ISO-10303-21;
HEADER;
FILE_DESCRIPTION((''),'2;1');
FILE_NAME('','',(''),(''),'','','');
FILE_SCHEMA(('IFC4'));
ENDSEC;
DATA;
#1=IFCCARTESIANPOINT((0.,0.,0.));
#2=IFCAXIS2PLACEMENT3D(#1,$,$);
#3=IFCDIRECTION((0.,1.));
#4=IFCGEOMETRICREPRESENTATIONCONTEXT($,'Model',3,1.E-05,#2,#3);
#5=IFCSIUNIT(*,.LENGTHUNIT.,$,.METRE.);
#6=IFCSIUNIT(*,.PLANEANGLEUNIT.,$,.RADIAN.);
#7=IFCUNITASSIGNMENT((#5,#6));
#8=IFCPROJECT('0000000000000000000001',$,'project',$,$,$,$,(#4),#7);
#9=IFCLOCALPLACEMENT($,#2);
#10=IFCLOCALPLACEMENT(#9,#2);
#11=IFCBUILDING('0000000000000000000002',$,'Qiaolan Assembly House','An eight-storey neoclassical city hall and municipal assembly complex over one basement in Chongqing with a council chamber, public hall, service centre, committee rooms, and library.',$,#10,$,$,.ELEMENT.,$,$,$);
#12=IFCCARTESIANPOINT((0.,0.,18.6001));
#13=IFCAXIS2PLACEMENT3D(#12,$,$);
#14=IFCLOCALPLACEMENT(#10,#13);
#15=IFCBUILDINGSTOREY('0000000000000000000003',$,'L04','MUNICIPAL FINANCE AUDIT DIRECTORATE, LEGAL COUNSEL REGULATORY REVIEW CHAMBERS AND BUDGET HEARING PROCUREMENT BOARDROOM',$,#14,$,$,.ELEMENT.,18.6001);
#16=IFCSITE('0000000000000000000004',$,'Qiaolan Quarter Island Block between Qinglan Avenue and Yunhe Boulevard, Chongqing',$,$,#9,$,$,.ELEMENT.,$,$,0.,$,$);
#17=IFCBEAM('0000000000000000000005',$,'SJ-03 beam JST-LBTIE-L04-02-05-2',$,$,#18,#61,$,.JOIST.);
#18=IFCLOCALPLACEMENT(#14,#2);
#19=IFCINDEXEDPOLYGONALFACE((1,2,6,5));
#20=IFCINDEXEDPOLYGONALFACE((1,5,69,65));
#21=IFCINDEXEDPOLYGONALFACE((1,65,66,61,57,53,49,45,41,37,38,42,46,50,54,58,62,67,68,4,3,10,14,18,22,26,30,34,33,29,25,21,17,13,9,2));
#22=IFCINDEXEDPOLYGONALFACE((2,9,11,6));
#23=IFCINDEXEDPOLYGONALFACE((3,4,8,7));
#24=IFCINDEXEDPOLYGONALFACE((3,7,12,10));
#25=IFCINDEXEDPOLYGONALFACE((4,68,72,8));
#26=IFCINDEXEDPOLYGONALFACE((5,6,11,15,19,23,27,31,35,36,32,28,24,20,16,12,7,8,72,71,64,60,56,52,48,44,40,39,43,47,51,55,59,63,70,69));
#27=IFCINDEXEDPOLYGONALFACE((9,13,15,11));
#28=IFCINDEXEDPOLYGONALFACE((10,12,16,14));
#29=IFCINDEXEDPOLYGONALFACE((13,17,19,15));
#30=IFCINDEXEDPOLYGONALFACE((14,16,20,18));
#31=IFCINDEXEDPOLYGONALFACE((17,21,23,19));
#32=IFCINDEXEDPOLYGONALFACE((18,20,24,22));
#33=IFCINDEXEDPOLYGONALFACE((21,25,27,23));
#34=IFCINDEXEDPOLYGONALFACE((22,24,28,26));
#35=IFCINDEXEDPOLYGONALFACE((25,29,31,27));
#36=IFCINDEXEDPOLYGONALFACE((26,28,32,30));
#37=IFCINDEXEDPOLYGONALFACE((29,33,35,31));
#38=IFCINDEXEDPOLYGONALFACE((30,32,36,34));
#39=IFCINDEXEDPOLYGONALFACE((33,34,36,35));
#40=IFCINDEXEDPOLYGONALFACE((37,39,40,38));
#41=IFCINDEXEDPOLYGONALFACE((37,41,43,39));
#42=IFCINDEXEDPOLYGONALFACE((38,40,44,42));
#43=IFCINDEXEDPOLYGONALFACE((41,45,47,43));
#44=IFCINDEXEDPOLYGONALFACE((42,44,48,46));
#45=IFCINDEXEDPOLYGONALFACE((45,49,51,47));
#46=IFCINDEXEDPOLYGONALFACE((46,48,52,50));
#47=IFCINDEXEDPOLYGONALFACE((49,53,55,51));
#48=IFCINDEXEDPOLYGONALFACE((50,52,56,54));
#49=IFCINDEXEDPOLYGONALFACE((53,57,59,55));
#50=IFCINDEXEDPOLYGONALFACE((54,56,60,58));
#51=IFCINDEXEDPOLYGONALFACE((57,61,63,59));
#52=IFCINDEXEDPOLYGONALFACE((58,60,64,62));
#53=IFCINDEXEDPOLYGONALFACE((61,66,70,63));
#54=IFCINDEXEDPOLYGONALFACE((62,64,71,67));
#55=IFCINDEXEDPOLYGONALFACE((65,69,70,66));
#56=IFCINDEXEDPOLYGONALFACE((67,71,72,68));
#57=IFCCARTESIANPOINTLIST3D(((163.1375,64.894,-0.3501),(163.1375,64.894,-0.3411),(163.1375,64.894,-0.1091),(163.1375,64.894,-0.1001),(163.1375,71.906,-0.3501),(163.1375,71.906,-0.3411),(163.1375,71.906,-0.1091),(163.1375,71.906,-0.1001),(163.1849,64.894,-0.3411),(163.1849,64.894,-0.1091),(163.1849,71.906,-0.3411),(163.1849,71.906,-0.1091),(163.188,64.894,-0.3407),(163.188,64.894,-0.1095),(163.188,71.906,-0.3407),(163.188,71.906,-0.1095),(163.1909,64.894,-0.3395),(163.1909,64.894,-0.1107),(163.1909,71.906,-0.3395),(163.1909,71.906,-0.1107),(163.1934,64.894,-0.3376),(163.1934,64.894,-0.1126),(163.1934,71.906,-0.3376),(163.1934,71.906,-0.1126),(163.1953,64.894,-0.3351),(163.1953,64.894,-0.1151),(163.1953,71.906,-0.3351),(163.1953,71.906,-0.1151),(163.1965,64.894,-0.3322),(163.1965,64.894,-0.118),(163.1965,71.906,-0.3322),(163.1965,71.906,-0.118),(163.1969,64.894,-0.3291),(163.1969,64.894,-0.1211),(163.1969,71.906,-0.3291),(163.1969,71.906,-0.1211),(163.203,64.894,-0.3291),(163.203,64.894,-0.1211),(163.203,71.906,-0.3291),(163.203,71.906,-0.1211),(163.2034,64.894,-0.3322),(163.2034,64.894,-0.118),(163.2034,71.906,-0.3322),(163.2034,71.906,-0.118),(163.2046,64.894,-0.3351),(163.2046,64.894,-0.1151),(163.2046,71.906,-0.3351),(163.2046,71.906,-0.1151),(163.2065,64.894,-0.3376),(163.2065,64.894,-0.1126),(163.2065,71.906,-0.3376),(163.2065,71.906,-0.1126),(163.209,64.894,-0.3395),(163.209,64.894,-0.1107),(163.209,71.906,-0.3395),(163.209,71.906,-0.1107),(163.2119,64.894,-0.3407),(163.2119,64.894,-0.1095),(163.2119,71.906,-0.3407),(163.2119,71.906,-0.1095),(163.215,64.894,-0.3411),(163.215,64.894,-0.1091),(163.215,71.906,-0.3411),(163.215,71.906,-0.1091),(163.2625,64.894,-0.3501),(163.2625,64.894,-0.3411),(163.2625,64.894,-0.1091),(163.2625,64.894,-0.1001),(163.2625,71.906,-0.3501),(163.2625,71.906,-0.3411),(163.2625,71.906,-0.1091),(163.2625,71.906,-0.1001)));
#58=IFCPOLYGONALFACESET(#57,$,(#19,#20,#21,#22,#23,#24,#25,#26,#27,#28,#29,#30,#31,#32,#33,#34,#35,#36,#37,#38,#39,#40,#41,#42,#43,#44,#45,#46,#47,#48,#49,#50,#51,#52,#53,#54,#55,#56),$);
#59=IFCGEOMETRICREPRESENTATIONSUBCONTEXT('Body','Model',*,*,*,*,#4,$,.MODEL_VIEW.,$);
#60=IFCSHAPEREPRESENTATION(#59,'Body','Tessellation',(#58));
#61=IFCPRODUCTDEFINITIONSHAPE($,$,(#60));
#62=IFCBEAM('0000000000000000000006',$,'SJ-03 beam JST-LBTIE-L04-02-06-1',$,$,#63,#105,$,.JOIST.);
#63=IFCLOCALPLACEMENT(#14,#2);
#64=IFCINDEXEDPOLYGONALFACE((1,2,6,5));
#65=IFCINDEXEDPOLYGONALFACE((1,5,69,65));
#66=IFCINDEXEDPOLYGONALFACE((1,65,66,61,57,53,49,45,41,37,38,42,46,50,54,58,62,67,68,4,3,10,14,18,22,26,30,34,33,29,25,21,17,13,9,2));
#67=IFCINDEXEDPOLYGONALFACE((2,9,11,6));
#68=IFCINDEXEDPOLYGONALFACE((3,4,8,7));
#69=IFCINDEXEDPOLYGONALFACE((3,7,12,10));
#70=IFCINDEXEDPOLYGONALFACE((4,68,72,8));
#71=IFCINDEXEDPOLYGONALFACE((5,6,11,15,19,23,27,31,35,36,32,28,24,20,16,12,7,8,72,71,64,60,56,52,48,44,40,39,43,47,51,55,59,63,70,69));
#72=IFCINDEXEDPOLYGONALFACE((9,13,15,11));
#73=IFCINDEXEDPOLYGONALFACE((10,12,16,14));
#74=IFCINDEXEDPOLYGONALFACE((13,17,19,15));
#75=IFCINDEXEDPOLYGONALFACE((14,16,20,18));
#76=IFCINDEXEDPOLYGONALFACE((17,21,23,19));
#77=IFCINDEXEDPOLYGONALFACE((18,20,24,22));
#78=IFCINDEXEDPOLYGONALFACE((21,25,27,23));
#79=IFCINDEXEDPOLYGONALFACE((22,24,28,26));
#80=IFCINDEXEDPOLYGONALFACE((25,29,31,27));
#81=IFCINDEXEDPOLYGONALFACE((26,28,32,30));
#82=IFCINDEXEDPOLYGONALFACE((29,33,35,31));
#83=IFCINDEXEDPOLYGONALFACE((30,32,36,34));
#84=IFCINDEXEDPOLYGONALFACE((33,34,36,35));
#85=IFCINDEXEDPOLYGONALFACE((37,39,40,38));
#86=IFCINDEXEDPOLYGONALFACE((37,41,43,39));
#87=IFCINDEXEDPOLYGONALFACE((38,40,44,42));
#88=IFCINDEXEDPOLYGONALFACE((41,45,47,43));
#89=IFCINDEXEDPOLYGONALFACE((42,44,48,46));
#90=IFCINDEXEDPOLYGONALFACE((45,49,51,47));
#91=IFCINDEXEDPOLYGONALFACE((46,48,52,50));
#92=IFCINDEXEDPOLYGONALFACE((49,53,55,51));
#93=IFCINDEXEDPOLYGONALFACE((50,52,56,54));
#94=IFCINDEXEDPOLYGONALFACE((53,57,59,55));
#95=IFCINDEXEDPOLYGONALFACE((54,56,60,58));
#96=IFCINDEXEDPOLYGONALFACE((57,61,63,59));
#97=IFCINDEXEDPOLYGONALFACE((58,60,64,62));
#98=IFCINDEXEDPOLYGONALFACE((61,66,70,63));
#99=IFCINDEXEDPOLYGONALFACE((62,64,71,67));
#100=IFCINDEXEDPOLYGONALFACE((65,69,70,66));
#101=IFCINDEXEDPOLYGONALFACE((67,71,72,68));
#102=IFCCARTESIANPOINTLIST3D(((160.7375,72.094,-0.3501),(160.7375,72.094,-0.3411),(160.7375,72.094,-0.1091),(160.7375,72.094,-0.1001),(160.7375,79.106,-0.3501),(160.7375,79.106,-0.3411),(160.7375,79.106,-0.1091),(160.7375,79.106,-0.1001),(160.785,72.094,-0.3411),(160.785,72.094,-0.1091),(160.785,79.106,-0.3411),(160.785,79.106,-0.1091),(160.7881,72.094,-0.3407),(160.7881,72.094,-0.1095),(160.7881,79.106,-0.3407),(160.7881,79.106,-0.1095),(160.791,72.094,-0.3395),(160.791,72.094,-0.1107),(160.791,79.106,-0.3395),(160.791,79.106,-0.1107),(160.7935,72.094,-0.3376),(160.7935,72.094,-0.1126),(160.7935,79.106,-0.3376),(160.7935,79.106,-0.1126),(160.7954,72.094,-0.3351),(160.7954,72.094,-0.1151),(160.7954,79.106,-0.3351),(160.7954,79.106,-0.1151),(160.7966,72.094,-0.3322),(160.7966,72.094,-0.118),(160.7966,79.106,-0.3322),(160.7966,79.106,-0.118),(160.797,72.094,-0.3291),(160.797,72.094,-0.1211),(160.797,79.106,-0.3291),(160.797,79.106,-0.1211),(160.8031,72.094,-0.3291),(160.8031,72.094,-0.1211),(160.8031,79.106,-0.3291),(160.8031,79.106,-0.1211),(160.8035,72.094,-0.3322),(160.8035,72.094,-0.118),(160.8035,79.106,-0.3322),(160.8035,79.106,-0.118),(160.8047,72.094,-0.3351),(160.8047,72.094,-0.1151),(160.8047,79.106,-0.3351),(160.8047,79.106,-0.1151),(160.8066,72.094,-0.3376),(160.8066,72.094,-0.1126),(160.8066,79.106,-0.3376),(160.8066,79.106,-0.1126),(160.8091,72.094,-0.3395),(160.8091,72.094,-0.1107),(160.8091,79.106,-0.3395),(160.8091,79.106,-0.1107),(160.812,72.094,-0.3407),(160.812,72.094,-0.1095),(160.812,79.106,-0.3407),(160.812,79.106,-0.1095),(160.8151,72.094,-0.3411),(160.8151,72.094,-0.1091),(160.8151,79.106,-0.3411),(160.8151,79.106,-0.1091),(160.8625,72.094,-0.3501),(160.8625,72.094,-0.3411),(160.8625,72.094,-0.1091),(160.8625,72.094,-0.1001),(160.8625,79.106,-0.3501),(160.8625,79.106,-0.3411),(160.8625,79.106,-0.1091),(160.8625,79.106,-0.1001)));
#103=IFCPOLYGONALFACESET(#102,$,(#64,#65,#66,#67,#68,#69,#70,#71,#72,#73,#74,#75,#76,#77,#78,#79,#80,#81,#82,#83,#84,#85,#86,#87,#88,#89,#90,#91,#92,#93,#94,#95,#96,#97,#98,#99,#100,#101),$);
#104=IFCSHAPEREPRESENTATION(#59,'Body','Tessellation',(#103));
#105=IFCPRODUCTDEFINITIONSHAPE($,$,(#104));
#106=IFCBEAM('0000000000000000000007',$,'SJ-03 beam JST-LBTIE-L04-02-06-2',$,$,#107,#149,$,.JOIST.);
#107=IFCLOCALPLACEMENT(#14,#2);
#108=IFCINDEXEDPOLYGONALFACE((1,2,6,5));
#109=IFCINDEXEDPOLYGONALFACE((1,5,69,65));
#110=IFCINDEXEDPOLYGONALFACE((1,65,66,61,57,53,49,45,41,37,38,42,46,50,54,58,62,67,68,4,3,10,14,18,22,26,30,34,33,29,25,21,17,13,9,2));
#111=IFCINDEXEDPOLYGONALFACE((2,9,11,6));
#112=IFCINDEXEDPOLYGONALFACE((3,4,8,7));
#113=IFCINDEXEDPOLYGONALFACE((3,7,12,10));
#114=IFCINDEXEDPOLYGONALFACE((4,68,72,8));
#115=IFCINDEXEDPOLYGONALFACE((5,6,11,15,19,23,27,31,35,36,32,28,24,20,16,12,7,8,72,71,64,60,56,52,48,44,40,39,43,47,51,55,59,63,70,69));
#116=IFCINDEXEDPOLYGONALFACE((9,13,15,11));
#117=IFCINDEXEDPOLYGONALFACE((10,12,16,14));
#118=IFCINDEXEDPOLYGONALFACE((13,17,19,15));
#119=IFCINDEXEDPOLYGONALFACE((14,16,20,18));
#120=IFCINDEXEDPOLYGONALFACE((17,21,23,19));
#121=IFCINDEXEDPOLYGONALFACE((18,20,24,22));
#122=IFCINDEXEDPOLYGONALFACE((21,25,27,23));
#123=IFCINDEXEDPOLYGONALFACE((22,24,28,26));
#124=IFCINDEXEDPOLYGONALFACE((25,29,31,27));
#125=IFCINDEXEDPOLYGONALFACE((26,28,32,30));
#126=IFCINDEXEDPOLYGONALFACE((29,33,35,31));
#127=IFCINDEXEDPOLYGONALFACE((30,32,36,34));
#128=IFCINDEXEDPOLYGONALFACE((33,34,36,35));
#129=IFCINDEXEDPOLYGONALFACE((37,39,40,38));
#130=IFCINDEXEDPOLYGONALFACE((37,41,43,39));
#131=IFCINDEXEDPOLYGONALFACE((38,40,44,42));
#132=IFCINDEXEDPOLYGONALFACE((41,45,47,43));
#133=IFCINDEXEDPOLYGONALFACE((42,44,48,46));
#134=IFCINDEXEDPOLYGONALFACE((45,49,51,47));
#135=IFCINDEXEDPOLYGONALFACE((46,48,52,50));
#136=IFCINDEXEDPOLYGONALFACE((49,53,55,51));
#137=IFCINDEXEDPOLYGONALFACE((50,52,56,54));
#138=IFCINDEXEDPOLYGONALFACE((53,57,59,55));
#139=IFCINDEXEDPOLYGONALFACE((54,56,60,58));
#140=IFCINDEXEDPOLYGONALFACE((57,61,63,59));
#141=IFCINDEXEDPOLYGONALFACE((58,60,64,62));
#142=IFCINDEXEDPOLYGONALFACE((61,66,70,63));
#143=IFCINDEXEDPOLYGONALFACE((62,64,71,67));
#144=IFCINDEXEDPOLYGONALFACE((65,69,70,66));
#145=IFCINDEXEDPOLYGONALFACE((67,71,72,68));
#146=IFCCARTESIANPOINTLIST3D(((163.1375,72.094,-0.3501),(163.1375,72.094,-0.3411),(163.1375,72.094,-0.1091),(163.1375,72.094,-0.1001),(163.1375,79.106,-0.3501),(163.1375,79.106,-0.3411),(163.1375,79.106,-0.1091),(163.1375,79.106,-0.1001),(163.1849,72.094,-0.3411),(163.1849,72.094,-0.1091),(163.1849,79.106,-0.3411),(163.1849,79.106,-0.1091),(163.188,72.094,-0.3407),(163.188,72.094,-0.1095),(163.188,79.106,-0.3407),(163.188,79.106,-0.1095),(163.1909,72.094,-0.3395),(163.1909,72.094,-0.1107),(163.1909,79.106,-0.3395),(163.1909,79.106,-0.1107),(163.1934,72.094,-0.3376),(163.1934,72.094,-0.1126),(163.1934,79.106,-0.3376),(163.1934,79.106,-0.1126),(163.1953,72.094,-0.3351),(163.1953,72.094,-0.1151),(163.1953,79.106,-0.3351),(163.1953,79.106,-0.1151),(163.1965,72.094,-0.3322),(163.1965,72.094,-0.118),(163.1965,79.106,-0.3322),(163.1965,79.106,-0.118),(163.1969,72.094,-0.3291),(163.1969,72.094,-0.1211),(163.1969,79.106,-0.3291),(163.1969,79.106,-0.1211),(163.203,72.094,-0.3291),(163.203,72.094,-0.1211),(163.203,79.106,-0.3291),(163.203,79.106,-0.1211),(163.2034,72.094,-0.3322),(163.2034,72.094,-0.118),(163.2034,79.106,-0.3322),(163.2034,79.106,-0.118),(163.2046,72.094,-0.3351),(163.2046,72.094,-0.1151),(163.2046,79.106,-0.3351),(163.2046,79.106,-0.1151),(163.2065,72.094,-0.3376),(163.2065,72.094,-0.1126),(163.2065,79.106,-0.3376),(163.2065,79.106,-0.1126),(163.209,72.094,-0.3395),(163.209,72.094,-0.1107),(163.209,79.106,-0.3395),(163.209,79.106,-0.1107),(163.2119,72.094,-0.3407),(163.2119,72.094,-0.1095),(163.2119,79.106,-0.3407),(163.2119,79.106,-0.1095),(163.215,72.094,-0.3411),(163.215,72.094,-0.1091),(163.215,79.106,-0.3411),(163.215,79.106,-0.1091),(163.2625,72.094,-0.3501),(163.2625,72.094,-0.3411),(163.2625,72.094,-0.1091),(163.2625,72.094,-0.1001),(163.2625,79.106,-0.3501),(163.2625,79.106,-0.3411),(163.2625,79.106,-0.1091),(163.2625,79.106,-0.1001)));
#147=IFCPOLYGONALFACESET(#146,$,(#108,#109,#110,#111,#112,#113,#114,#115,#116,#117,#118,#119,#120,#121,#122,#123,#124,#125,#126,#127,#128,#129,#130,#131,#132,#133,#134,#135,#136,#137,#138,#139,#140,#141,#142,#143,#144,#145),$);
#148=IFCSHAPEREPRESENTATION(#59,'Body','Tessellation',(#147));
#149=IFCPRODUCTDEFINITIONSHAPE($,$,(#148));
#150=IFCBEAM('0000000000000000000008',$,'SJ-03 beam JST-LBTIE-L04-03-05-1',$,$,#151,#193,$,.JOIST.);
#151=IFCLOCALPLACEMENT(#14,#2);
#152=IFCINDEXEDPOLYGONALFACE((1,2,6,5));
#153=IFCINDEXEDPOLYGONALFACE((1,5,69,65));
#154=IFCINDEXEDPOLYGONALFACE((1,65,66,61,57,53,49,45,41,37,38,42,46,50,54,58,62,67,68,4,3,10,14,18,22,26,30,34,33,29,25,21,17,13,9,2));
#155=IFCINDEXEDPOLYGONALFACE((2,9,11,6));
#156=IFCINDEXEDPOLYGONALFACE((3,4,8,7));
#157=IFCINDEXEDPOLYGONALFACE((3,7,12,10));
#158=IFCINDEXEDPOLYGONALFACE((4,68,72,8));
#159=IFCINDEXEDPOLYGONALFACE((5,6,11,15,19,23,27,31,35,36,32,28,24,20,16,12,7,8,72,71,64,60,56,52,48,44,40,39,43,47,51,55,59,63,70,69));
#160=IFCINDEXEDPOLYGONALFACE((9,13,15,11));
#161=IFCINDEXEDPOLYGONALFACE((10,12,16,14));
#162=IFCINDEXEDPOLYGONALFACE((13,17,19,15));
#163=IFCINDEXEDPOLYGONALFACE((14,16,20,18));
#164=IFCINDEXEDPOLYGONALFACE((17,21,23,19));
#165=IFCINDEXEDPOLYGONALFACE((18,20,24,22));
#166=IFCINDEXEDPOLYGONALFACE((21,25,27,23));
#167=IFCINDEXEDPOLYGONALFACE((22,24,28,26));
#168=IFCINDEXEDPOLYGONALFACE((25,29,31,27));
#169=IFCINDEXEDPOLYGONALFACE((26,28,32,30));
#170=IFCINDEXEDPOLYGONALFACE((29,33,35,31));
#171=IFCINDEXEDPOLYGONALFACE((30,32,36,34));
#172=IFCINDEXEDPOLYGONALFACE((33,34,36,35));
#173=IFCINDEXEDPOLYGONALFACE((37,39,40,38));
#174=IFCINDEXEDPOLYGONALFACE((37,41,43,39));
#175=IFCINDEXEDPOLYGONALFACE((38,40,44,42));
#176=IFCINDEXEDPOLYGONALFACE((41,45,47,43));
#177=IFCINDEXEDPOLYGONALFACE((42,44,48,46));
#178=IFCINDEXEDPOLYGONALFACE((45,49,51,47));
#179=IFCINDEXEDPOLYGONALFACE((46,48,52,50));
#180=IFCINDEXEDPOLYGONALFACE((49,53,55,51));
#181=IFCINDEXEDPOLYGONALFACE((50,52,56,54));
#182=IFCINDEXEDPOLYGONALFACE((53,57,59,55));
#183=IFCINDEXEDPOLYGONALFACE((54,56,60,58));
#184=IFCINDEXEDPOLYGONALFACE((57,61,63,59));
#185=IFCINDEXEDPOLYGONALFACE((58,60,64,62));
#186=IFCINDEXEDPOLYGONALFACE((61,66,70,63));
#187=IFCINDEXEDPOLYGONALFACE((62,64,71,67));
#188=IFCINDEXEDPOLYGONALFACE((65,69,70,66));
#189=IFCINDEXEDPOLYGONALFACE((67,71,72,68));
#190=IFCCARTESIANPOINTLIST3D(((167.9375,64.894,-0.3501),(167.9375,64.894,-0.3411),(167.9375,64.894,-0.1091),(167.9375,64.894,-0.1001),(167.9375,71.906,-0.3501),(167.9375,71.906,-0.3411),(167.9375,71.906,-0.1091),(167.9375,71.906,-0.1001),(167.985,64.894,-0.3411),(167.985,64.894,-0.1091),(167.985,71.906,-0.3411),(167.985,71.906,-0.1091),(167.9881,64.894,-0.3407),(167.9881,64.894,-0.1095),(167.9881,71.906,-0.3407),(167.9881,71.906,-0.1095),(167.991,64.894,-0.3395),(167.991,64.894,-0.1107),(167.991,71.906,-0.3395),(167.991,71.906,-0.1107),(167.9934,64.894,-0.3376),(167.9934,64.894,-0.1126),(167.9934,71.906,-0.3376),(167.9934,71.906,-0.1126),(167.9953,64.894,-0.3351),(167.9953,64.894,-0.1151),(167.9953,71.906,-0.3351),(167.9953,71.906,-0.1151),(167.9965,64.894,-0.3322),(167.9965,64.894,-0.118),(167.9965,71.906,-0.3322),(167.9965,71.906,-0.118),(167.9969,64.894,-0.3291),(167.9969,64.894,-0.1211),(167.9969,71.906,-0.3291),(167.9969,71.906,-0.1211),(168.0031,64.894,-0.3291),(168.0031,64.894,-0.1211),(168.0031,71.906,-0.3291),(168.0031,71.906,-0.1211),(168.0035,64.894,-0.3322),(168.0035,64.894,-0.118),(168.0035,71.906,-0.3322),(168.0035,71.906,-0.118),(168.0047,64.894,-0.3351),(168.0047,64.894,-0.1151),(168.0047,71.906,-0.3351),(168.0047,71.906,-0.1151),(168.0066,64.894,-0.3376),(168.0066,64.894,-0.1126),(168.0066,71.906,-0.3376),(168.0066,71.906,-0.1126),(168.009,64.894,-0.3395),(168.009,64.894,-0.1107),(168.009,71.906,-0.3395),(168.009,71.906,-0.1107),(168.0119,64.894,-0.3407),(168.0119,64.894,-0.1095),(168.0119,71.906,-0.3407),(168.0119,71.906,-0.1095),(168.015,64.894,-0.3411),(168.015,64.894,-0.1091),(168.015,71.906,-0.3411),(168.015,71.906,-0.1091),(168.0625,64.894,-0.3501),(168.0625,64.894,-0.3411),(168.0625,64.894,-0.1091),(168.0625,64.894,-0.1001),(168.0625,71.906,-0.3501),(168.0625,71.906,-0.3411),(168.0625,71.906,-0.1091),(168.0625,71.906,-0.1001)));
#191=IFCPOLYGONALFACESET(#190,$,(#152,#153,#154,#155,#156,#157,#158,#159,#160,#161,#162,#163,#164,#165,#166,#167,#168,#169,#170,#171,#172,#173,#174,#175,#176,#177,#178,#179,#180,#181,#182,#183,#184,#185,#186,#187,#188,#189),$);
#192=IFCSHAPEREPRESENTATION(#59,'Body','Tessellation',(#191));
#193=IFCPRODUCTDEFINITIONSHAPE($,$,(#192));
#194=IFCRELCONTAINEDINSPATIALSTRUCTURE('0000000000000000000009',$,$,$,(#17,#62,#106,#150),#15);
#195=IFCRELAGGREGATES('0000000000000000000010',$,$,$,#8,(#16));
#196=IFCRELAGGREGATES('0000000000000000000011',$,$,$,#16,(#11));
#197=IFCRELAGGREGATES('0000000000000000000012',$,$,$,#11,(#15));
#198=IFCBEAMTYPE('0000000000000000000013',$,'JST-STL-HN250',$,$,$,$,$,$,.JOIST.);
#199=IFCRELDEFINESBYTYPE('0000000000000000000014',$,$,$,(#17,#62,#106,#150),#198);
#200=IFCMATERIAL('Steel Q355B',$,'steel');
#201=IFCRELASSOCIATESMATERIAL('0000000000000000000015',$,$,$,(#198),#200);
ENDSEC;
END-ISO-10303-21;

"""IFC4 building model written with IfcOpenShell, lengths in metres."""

from ifc_helpers import new_model, si_unit, direction, frame, origin, origin_2d, place, context, subcontext, project, spatial, i_section, extrude, material, material_profile, profile_set, type_object, element, save


model = new_model("IFC4")

# Units and contexts
model_context = context("Model", 3, precision=1e-05, world=origin(), true_north=direction((0.0, 1.0)))
body_context = subcontext(model_context, "Body", "Model", "MODEL_VIEW")
ifc_project = project(units=[si_unit("LENGTHUNIT", "METRE"), si_unit("PLANEANGLEUNIT", "RADIAN")], contexts=[model_context])

# Site, building, storey
site_placement = place(None, origin())
site = spatial("IfcSite", under=ifc_project, at=site_placement, Name="Qiaolan Quarter Island Block between Qinglan Avenue and Yunhe Boulevard, Chongqing", CompositionType="ELEMENT", RefElevation=0.0)
building_placement = place(site_placement, origin())
building = spatial("IfcBuilding", under=site, at=building_placement, Name="Qiaolan Assembly House", Description="An eight-storey neoclassical city hall and municipal assembly complex over one basement in Chongqing with a council chamber, public hall, service centre, committee rooms, and library.", CompositionType="ELEMENT")
storey_placement = place(building_placement, frame((0.0, 0.0, 18.6001)))
storey = spatial("IfcBuildingStorey", under=building, at=storey_placement, Name="L04", Description="MUNICIPAL FINANCE AUDIT DIRECTORATE, LEGAL COUNSEL REGULATORY REVIEW CHAMBERS AND BUDGET HEARING PROCUREMENT BOARDROOM", CompositionType="ELEMENT", Elevation=18.6001)

# Beams
ifc_material = material(Name="Steel Q355B", Category="steel")
ifc_material_profile_1 = material_profile(ifc_material, i_section(OverallWidth=0.125, OverallDepth=0.25, WebThickness=0.0061, FlangeThickness=0.009, FilletRadius=0.012, at=origin_2d()), Name="HN 250x125x6x9")
ifc_profile_set_1 = profile_set([ifc_material_profile_1], Name="Steel Q355B")
beam_type_1 = type_object("IfcBeamType", Name="JST-STL-HN250", PredefinedType="JOIST", material=ifc_profile_set_1)
for number, where, z_axis, x_axis, name in (
    (1, (163.2, 64.894, -0.2251), (0.0, 1.0, 0.0), (-1.0, 0.0, 0.0), "SJ-03 beam JST-LBTIE-L04-02-05-2"),
    (2, (160.8, 72.094, -0.2251), (0.0, 1.0, 0.0), (-1.0, 0.0, 0.0), "SJ-03 beam JST-LBTIE-L04-02-06-1"),
    (3, (163.2, 72.094, -0.2251), (0.0, 1.0, 0.0), (-1.0, 0.0, 0.0), "SJ-03 beam JST-LBTIE-L04-02-06-2"),
    (4, (168.0, 64.894, -0.2251), (0.0, 1.0, 0.0), (-1.0, 0.0, 0.0), "SJ-03 beam JST-LBTIE-L04-03-05-1"),
):
    element("IfcBeam", number, at=place(storey_placement, frame(where, z_axis=z_axis, x_axis=x_axis)), inside=storey, type_object=beam_type_1, Name=name, PredefinedType="JOIST", context=body_context, shape_type="SweptSolid", body=[
        extrude(i_section(OverallWidth=0.125, OverallDepth=0.25, WebThickness=0.0061, FlangeThickness=0.009, FilletRadius=0.012, at=origin_2d()), origin(), (0.0, 0.0, 1.0), 7.012),
    ])

save(model, "model.ifc")
